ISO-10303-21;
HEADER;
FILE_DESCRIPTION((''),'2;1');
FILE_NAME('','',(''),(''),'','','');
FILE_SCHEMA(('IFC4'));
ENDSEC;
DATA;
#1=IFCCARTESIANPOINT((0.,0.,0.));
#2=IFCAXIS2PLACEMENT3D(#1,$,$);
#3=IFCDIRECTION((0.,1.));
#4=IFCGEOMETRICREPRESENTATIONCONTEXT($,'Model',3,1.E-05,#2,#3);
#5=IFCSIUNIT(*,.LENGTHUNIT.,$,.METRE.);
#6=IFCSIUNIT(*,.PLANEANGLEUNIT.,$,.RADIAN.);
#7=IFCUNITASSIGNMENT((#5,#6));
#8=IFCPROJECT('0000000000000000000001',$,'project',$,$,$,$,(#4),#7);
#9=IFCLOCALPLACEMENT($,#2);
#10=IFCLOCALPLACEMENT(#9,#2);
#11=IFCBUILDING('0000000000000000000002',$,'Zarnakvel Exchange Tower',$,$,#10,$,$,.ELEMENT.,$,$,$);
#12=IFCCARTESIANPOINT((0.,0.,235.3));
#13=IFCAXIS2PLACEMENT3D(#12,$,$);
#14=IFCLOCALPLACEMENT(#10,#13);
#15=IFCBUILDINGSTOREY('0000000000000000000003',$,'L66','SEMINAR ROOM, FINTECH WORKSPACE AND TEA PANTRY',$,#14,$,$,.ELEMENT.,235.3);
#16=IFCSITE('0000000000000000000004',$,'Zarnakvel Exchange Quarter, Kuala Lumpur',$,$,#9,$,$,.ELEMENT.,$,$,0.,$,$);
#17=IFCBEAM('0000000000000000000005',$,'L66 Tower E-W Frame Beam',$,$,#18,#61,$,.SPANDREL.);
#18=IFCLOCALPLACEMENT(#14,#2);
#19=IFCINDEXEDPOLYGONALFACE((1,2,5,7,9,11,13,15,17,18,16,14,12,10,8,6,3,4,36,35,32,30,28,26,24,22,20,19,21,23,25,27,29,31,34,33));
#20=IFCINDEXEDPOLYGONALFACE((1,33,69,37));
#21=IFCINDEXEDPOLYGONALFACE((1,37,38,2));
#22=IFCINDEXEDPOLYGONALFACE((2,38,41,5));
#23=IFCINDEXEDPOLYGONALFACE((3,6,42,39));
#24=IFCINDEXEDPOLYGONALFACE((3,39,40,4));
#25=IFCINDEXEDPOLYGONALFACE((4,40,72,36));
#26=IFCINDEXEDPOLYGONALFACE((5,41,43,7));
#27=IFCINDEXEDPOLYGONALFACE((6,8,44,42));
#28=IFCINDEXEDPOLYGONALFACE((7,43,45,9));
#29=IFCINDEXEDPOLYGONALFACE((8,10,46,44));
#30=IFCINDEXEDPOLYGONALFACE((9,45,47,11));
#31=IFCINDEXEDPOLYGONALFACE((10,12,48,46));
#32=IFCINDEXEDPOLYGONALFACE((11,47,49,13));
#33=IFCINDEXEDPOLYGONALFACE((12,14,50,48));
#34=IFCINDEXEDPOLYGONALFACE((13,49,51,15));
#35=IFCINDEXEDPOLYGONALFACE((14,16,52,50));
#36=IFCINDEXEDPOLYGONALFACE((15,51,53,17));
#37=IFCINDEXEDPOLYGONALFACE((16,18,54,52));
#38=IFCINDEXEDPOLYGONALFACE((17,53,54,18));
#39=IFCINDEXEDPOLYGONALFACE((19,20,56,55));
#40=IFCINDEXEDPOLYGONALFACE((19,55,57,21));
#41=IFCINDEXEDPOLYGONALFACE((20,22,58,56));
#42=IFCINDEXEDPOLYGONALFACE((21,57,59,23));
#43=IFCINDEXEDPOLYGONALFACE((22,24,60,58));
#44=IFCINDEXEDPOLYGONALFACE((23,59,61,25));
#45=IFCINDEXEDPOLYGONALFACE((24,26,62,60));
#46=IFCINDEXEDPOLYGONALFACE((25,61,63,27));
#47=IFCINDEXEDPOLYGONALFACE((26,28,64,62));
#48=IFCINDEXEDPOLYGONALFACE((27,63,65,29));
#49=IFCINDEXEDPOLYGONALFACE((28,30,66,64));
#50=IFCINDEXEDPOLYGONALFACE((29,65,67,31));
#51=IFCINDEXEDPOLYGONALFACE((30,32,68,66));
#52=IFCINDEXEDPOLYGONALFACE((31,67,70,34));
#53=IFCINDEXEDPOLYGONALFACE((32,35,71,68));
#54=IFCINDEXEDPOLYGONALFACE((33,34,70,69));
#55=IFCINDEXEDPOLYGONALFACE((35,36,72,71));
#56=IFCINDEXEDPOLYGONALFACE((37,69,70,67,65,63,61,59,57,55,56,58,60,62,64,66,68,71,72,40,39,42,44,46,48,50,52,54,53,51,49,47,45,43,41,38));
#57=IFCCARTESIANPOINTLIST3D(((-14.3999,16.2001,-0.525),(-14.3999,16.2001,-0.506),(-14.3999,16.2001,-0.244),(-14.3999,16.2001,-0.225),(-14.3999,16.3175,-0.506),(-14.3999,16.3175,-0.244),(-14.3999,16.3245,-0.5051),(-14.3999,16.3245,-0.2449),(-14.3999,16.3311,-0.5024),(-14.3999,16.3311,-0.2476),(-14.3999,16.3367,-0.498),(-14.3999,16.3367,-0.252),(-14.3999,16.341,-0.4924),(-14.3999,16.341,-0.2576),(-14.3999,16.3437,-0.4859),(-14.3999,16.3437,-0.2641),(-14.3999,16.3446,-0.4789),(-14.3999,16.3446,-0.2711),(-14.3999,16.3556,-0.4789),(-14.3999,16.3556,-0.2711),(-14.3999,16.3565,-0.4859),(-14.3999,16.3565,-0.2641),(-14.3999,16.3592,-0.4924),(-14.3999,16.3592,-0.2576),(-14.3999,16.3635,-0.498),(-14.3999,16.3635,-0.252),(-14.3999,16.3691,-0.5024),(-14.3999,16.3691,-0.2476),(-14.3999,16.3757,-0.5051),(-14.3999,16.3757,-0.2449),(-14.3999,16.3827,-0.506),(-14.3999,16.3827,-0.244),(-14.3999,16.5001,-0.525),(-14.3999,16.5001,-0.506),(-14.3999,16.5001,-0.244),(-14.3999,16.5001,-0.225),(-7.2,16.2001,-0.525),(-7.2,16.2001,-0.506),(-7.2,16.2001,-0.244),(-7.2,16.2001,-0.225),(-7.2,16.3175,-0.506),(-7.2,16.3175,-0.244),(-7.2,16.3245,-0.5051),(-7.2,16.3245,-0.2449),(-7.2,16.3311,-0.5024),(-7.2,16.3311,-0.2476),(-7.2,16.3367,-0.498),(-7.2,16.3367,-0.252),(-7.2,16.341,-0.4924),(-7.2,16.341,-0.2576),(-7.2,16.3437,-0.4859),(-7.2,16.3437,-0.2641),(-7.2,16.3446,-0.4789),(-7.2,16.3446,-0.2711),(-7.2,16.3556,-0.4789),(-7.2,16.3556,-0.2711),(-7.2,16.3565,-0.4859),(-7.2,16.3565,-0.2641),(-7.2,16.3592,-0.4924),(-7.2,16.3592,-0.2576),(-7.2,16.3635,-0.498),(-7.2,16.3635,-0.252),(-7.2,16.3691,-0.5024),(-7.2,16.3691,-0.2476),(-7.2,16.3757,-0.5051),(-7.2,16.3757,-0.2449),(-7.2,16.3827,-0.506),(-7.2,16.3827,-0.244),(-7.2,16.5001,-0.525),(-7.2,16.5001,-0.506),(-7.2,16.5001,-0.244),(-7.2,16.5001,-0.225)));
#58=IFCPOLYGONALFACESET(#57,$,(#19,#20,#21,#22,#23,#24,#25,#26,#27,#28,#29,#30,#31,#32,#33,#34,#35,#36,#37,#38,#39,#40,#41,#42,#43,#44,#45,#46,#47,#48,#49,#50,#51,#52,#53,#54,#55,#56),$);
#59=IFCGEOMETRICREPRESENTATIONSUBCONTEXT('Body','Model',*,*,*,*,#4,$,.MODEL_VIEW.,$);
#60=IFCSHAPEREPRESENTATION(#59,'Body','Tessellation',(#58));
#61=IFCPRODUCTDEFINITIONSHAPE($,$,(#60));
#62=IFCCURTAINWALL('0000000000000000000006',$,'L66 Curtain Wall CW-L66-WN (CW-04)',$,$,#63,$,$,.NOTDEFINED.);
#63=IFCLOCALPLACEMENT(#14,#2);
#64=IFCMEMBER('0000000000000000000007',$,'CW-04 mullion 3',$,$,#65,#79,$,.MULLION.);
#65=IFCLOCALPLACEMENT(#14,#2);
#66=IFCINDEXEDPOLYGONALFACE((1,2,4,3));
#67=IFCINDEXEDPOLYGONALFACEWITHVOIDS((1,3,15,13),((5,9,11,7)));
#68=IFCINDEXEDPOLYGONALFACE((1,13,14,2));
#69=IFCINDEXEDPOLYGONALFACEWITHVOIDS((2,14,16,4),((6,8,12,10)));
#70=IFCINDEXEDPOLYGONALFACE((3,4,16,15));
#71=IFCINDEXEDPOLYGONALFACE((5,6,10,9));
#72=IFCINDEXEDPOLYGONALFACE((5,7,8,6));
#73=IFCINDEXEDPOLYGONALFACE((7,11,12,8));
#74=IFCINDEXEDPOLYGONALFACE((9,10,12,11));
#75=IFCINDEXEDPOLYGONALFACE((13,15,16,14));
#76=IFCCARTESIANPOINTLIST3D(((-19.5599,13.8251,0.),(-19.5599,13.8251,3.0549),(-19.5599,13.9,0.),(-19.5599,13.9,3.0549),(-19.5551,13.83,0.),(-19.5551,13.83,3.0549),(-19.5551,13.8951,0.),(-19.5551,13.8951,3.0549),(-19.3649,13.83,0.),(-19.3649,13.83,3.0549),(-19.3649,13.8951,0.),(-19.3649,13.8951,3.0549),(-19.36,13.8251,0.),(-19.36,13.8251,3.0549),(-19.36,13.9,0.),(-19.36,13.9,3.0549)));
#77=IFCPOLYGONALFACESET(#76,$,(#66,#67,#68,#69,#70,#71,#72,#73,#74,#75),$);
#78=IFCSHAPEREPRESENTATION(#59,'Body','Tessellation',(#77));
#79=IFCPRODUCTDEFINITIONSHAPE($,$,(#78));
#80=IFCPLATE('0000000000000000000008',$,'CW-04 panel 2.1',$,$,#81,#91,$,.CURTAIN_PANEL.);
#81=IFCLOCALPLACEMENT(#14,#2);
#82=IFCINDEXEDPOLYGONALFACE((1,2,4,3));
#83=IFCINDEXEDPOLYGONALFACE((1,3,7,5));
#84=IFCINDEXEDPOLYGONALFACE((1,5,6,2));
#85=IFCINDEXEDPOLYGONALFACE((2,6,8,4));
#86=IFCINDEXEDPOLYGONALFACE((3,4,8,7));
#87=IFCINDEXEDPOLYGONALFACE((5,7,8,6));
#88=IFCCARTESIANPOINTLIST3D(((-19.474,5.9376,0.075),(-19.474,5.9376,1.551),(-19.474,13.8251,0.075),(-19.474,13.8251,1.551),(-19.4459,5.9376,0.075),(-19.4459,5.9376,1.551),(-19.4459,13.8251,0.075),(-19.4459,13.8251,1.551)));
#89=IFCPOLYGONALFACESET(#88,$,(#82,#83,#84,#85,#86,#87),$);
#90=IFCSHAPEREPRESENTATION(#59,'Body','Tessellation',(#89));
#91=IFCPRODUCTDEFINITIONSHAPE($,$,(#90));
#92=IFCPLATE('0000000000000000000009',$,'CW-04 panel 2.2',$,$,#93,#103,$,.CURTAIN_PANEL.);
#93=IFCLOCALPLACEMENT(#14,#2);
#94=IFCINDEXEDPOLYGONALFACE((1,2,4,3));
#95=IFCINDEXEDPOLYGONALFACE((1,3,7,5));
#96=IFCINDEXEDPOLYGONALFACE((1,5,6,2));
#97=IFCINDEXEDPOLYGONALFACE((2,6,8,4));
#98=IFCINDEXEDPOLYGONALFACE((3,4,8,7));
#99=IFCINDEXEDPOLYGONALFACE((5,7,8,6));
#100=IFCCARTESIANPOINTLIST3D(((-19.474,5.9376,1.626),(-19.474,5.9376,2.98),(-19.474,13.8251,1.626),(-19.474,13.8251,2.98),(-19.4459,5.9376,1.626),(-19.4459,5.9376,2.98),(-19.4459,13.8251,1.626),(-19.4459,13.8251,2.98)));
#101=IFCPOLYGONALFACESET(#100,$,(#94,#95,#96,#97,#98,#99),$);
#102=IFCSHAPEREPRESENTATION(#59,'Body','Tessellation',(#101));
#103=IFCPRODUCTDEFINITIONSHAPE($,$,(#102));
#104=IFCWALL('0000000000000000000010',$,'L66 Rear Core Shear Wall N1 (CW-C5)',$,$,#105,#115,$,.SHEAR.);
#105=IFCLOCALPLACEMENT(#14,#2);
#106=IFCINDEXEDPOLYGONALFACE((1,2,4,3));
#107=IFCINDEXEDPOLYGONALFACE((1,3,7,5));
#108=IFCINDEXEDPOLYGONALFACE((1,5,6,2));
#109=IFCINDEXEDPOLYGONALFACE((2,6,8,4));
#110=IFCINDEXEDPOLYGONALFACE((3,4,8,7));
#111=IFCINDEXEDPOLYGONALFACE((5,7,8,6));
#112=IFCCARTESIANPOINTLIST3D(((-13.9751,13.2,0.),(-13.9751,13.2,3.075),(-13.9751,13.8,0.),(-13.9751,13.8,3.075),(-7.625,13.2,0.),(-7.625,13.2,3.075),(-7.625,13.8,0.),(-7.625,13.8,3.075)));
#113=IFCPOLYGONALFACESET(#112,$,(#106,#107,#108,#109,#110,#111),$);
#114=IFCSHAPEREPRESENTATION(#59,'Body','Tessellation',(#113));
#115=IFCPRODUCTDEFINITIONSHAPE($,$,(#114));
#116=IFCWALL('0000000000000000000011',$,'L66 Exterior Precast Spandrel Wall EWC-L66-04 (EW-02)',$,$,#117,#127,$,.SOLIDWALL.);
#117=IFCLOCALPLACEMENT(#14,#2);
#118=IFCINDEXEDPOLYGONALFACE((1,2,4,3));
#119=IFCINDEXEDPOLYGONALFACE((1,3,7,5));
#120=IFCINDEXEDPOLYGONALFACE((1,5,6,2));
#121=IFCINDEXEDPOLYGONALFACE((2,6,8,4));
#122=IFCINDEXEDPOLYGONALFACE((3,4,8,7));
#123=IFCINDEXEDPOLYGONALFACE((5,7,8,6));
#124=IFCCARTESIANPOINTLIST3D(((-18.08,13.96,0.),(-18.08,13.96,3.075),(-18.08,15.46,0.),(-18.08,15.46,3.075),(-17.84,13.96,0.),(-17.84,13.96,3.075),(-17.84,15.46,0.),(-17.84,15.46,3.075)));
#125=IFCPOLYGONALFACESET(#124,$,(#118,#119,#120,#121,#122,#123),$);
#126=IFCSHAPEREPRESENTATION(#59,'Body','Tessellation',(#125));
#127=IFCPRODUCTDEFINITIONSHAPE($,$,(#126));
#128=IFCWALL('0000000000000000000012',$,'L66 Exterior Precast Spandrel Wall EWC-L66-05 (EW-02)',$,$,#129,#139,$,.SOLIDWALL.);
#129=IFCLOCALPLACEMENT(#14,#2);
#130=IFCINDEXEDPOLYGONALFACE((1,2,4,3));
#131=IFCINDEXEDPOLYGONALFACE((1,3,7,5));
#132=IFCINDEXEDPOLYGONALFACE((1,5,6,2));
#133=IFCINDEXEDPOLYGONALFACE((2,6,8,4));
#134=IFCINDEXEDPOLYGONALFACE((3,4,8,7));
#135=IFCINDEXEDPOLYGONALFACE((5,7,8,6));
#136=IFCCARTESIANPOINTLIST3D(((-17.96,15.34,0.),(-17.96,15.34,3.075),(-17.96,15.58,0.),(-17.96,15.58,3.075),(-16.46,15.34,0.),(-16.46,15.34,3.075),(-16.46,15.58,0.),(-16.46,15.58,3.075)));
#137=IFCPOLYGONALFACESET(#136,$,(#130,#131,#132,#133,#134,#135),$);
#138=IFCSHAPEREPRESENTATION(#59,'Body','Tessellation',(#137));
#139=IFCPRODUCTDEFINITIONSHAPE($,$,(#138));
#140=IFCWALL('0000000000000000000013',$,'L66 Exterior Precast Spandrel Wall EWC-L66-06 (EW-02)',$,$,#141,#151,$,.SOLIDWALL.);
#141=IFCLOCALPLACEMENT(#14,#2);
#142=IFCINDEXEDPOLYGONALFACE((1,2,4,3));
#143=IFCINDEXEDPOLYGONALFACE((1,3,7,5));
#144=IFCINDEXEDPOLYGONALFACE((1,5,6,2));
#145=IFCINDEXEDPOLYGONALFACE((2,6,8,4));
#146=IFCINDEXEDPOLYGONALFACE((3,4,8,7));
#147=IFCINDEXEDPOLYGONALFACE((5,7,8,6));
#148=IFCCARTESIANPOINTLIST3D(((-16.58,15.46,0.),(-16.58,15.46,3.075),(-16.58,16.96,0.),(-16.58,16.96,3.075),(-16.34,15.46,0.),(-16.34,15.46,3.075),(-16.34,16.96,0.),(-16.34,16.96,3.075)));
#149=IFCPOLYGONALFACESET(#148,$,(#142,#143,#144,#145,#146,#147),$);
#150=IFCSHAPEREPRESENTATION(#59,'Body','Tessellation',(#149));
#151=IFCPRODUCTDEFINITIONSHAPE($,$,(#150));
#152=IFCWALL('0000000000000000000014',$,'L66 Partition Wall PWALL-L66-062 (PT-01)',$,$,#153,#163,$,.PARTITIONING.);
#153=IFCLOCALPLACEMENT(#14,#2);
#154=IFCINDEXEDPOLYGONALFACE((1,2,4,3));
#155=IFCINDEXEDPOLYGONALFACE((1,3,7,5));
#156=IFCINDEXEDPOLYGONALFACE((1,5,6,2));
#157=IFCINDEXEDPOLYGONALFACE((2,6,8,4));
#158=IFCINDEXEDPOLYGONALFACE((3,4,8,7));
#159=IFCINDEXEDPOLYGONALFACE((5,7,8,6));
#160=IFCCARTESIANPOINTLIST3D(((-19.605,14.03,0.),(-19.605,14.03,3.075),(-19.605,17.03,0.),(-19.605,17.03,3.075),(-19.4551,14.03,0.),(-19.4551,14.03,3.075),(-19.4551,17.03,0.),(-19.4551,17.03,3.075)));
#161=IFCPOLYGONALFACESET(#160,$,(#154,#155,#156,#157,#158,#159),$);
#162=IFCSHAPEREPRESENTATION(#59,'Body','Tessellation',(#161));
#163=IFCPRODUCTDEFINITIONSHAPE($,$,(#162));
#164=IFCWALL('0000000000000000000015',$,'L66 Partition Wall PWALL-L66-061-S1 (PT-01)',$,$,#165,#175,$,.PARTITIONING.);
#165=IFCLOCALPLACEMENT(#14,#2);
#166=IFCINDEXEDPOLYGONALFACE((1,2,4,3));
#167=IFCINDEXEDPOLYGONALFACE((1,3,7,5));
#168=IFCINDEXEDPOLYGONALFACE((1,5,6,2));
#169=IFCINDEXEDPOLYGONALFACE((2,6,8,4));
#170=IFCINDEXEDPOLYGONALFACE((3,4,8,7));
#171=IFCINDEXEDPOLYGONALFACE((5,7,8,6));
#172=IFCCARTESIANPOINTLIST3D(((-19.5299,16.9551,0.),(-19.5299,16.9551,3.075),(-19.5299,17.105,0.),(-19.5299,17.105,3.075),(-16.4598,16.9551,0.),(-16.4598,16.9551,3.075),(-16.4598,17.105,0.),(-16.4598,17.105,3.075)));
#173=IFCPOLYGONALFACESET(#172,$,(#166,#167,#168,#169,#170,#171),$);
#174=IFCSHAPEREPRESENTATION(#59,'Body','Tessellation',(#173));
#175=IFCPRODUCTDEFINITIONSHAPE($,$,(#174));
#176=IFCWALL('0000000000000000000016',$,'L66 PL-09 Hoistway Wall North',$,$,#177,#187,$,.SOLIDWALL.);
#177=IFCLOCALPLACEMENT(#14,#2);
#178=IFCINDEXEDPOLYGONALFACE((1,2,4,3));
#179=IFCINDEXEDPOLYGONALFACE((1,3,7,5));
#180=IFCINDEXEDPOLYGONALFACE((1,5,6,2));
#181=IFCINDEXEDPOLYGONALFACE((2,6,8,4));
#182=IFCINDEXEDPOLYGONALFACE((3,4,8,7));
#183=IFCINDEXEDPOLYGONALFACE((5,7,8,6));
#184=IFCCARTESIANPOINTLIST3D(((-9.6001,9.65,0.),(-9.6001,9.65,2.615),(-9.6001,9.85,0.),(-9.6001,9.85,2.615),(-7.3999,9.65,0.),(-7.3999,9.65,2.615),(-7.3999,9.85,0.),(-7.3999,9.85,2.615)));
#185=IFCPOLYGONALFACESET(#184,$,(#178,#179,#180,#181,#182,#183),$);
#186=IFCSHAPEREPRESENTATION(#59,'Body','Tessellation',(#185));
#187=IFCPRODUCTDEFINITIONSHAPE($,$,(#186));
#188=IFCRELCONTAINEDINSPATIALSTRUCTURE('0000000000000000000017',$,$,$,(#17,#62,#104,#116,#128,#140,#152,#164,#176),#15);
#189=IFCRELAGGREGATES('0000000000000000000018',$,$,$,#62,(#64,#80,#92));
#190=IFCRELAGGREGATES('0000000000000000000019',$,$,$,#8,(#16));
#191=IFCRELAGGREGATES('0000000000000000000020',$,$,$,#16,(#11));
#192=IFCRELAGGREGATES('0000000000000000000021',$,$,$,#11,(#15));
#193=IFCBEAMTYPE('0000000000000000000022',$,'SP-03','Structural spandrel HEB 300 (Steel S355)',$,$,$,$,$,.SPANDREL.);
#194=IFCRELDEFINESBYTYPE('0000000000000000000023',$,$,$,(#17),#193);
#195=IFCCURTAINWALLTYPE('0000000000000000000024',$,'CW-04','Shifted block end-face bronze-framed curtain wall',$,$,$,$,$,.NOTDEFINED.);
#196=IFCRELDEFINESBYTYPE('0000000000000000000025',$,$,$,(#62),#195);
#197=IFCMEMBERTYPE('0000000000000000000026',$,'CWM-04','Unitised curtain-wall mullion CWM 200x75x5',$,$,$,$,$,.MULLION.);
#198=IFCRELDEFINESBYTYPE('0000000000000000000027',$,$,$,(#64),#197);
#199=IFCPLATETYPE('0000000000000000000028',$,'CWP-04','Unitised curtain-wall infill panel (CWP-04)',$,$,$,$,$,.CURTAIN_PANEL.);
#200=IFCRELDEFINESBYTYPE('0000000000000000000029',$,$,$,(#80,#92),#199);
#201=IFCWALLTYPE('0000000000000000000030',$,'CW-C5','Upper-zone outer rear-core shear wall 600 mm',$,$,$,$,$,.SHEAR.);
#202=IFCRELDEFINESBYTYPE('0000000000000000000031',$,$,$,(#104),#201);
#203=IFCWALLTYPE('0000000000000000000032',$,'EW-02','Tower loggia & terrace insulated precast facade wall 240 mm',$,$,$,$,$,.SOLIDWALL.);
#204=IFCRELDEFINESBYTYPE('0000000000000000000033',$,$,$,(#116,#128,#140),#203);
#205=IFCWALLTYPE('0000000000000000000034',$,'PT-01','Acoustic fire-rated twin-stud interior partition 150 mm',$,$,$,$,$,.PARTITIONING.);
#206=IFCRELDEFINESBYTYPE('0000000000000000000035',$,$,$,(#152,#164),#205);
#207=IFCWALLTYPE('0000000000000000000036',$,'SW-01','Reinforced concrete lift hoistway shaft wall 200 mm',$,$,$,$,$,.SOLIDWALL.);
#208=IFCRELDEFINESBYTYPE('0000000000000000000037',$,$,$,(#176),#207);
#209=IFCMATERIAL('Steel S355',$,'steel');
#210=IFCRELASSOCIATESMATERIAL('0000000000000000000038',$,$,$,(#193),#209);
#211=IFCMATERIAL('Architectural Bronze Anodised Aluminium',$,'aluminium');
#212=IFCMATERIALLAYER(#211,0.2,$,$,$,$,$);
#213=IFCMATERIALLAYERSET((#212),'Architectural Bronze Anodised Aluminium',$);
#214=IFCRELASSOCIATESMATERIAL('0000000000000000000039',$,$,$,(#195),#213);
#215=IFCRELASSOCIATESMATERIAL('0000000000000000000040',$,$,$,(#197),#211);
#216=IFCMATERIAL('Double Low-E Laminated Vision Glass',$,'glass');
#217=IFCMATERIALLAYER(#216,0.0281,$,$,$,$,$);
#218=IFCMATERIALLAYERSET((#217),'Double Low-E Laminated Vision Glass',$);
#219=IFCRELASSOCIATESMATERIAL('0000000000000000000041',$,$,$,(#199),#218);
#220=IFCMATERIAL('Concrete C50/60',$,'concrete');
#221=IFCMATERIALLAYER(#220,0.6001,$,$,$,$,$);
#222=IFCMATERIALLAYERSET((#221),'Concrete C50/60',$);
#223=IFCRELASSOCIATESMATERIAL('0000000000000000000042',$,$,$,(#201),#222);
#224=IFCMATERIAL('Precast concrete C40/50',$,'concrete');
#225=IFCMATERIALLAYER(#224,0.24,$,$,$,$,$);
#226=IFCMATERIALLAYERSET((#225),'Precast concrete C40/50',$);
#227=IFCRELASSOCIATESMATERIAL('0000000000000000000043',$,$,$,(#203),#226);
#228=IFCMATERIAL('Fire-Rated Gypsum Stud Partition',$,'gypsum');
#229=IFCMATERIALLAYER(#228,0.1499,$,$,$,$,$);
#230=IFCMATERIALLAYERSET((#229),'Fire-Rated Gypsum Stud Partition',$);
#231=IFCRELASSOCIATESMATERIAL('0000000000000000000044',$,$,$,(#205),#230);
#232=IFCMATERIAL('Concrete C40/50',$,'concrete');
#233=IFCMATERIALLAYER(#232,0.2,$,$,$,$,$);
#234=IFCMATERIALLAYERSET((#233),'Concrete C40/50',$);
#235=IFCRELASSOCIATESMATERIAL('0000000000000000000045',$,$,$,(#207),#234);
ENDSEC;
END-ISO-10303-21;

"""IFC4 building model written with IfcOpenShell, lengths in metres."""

from ifc_helpers import new_model, si_unit, direction, frame, frame_2d, origin, origin_2d, place, context, subcontext, project, spatial, rectangle, hollow_rectangle, i_section, extrude, source, transform, mapped, material, layer, layer_set, material_profile, profile_set, type_object, element, aggregate, save


model = new_model("IFC4")

# Units and contexts
model_context = context("Model", 3, precision=1e-05, world=origin(), true_north=direction((0.0, 1.0)))
body_context = subcontext(model_context, "Body", "Model", "MODEL_VIEW")
ifc_project = project(units=[si_unit("LENGTHUNIT", "METRE"), si_unit("PLANEANGLEUNIT", "RADIAN")], contexts=[model_context])

# Site, building, storey
site_placement = place(None, origin())
site = spatial("IfcSite", under=ifc_project, at=site_placement, Name="Zarnakvel Exchange Quarter, Kuala Lumpur", CompositionType="ELEMENT", RefElevation=0.0)
building_placement = place(site_placement, origin())
building = spatial("IfcBuilding", under=site, at=building_placement, Name="Zarnakvel Exchange Tower", CompositionType="ELEMENT")
storey_placement = place(building_placement, frame((0.0, 0.0, 235.3)))
storey = spatial("IfcBuildingStorey", under=building, at=storey_placement, Name="L66", Description="SEMINAR ROOM, FINTECH WORKSPACE AND TEA PANTRY", CompositionType="ELEMENT", Elevation=235.3)

# Shared definitions
ifc_material_1 = material(Name="Concrete C50/60", Category="concrete")
ifc_material_2 = material(Name="Steel S355", Category="steel")

# Beam
ifc_material_profile_1 = material_profile(ifc_material_2, i_section(OverallWidth=0.3, OverallDepth=0.3, WebThickness=0.011, FlangeThickness=0.019, FilletRadius=0.0271, at=origin_2d()))
ifc_profile_set_1 = profile_set([ifc_material_profile_1], Name="Steel S355")
beam_type_1 = type_object("IfcBeamType", Name="SP-03", Description="Structural spandrel HEB 300 (Steel S355)", PredefinedType="SPANDREL", material=ifc_profile_set_1)
beam_1_placement = place(storey_placement, frame((-14.3999, 16.3501, -0.375), z_axis=(1.0, 0.0, 0.0), x_axis=(0.0, 1.0, 0.0)))
element("IfcBeam", 1, at=beam_1_placement, inside=storey, type_object=beam_type_1, Name="L66 Tower E-W Frame Beam", PredefinedType="SPANDREL", context=body_context, shape_type="SweptSolid", body=[
    extrude(i_section(OverallWidth=0.3, OverallDepth=0.3, WebThickness=0.011, FlangeThickness=0.019, FilletRadius=0.0271, at=origin_2d()), origin(), (0.0, 0.0, 1.0), 7.2),
])

# Curtain wall, member, plates
ifc_material_3 = material(Name="Architectural Bronze Anodised Aluminium", Category="aluminium")
ifc_layer_1 = layer(ifc_material_3, 0.2)
ifc_layer_set_1 = layer_set([ifc_layer_1], Name="Architectural Bronze Anodised Aluminium")
curtain_wall_type = type_object("IfcCurtainWallType", Name="CW-04", Description="Shifted block end-face bronze-framed curtain wall", PredefinedType="NOTDEFINED", material=ifc_layer_set_1)
curtain_wall_placement = place(storey_placement, origin())
curtain_wall = element("IfcCurtainWall", 2, at=curtain_wall_placement, inside=storey, type_object=curtain_wall_type, Name="L66 Curtain Wall CW-L66-WN (CW-04)", PredefinedType="NOTDEFINED")
ifc_material_profile_2 = material_profile(ifc_material_3, hollow_rectangle(XDim=0.2, YDim=0.075, WallThickness=0.0049, at=origin_2d()))
ifc_profile_set_2 = profile_set([ifc_material_profile_2], Name="Architectural Bronze Anodised Aluminium")
member_type = type_object("IfcMemberType", Name="CWM-04", Description="Unitised curtain-wall mullion CWM 200x75x5", PredefinedType="MULLION", material=ifc_profile_set_2)
shared_shape_1 = source(origin(), body_context, "Body", "SweptSolid", [
    extrude(hollow_rectangle(XDim=0.2, YDim=0.075, WallThickness=0.0049, at=origin_2d()), origin(), (0.0, 0.0, 1.0), 3.0549),
])
member_placement = place(storey_placement, frame((-19.46, 13.8625, 0.0), z_axis=(0.0, 0.0, 1.0), x_axis=(-1.0, 0.0, 0.0)))
member = element("IfcMember", 3, at=member_placement, type_object=member_type, Name="CW-04 mullion 3", PredefinedType="MULLION", context=body_context, shape_type="MappedRepresentation", body=[
    mapped(shared_shape_1, transform((0.0, 0.0, 0.0), x_axis=(1.0, 0.0, 0.0), y_axis=(0.0, 1.0, 0.0), z_axis=(0.0, 0.0, 1.0), scale=1.0)),
])
ifc_material_4 = material(Name="Double Low-E Laminated Vision Glass", Category="glass")
ifc_layer_2 = layer(ifc_material_4, 0.0281)
ifc_layer_set_2 = layer_set([ifc_layer_2], Name="Double Low-E Laminated Vision Glass")
plate_type = type_object("IfcPlateType", Name="CWP-04", Description="Unitised curtain-wall infill panel (CWP-04)", PredefinedType="CURTAIN_PANEL", material=ifc_layer_set_2)
shared_shape_2 = source(origin(), body_context, "Body", "SweptSolid", [
    extrude(rectangle(XDim=7.8875, YDim=0.0281, at=origin_2d()), origin(), (0.0, 0.0, 1.0), 1.4761),
])
plate_1_placement = place(storey_placement, frame((-19.46, 9.8813, 0.075), z_axis=(0.0, 0.0, 1.0), x_axis=(0.0, 1.0, 0.0)))
plate_1 = element("IfcPlate", 4, at=plate_1_placement, type_object=plate_type, Name="CW-04 panel 2.1", PredefinedType="CURTAIN_PANEL", context=body_context, shape_type="MappedRepresentation", body=[
    mapped(shared_shape_2, transform((0.0, 0.0, 0.0), x_axis=(1.0, 0.0, 0.0), y_axis=(0.0, 1.0, 0.0), z_axis=(0.0, 0.0, 1.0), scale=1.0)),
])
shared_shape_3 = source(origin(), body_context, "Body", "SweptSolid", [
    extrude(rectangle(XDim=7.8875, YDim=0.0281, at=origin_2d()), origin(), (0.0, 0.0, 1.0), 1.354),
])
plate_2_placement = place(storey_placement, frame((-19.46, 9.8813, 1.626), z_axis=(0.0, 0.0, 1.0), x_axis=(0.0, 1.0, 0.0)))
plate_2 = element("IfcPlate", 5, at=plate_2_placement, type_object=plate_type, Name="CW-04 panel 2.2", PredefinedType="CURTAIN_PANEL", context=body_context, shape_type="MappedRepresentation", body=[
    mapped(shared_shape_3, transform((0.0, 0.0, 0.0), x_axis=(1.0, 0.0, 0.0), y_axis=(0.0, 1.0, 0.0), z_axis=(0.0, 0.0, 1.0), scale=1.0)),
])
aggregate(curtain_wall, [member, plate_1, plate_2])

# Walls
ifc_layer_3 = layer(ifc_material_1, 0.6001)
ifc_layer_set_3 = layer_set([ifc_layer_3], Name="Concrete C50/60")
wall_type_1 = type_object("IfcWallType", Name="CW-C5", Description="Upper-zone outer rear-core shear wall 600 mm", PredefinedType="SHEAR", material=ifc_layer_set_3)
wall_1_placement = place(storey_placement, frame((-13.9751, 13.5, 0.0), z_axis=(0.0, 0.0, 1.0), x_axis=(1.0, 0.0, 0.0)))
element("IfcWall", 6, at=wall_1_placement, inside=storey, type_object=wall_type_1, Name="L66 Rear Core Shear Wall N1 (CW-C5)", PredefinedType="SHEAR", context=body_context, shape_type="SweptSolid", body=[
    extrude(rectangle(XDim=6.3501, YDim=0.6001, at=frame_2d((3.175, 0.0))), origin(), (0.0, 0.0, 1.0), 3.075),
])
ifc_material_5 = material(Name="Precast concrete C40/50", Category="concrete")
ifc_layer_4 = layer(ifc_material_5, 0.24)
ifc_layer_set_4 = layer_set([ifc_layer_4], Name="Precast concrete C40/50")
wall_type_2 = type_object("IfcWallType", Name="EW-02", Description="Tower loggia & terrace insulated precast facade wall 240 mm", PredefinedType="SOLIDWALL", material=ifc_layer_set_4)
for number, where, z_axis, x_axis, name in (
    (7, (-17.96, 15.46, 0.0), (0.0, 0.0, 1.0), (0.0, -1.0, 0.0), "L66 Exterior Precast Spandrel Wall EWC-L66-04 (EW-02)"),
    (8, (-16.46, 15.46, 0.0), (0.0, 0.0, 1.0), (-1.0, 0.0, 0.0), "L66 Exterior Precast Spandrel Wall EWC-L66-05 (EW-02)"),
    (9, (-16.46, 16.96, 0.0), (0.0, 0.0, 1.0), (0.0, -1.0, 0.0), "L66 Exterior Precast Spandrel Wall EWC-L66-06 (EW-02)"),
):
    element("IfcWall", number, at=place(storey_placement, frame(where, z_axis=z_axis, x_axis=x_axis)), inside=storey, type_object=wall_type_2, Name=name, PredefinedType="SOLIDWALL", context=body_context, shape_type="SweptSolid", body=[
        extrude(rectangle(XDim=1.5, YDim=0.24, at=frame_2d((0.75, 0.0))), origin(), (0.0, 0.0, 1.0), 3.075),
    ])

# Shared definitions
ifc_material_6 = material(Name="Fire-Rated Gypsum Stud Partition", Category="gypsum")
ifc_layer_5 = layer(ifc_material_6, 0.1499)
ifc_layer_set_5 = layer_set([ifc_layer_5], Name="Fire-Rated Gypsum Stud Partition")
wall_type_3 = type_object("IfcWallType", Name="PT-01", Description="Acoustic fire-rated twin-stud interior partition 150 mm", PredefinedType="PARTITIONING", material=ifc_layer_set_5)

# Walls
wall_2_placement = place(storey_placement, frame((-19.53, 14.03, 0.0), z_axis=(0.0, 0.0, 1.0), x_axis=(0.0, 1.0, 0.0)))
element("IfcWall", 10, at=wall_2_placement, inside=storey, type_object=wall_type_3, Name="L66 Partition Wall PWALL-L66-062 (PT-01)", PredefinedType="PARTITIONING", context=body_context, shape_type="SweptSolid", body=[
    extrude(rectangle(XDim=3.0, YDim=0.1499, at=frame_2d((1.5, 0.0))), origin(), (0.0, 0.0, 1.0), 3.075),
])
wall_3_placement = place(storey_placement, frame((-19.53, 17.03, 0.0), z_axis=(0.0, 0.0, 1.0), x_axis=(1.0, 0.0, 0.0)))
element("IfcWall", 11, at=wall_3_placement, inside=storey, type_object=wall_type_3, Name="L66 Partition Wall PWALL-L66-061-S1 (PT-01)", PredefinedType="PARTITIONING", context=body_context, shape_type="SweptSolid", body=[
    extrude(rectangle(XDim=3.0701, YDim=0.1499, at=frame_2d((1.5352, 0.0))), origin(), (0.0, 0.0, 1.0), 3.075),
])
ifc_material_7 = material(Name="Concrete C40/50", Category="concrete")
ifc_layer_6 = layer(ifc_material_7, 0.2)
ifc_layer_set_6 = layer_set([ifc_layer_6], Name="Concrete C40/50")
wall_type_4 = type_object("IfcWallType", Name="SW-01", Description="Reinforced concrete lift hoistway shaft wall 200 mm", PredefinedType="SOLIDWALL", material=ifc_layer_set_6)
wall_4_placement = place(storey_placement, frame((-9.6001, 9.75, 0.0), z_axis=(0.0, 0.0, 1.0), x_axis=(1.0, 0.0, 0.0)))
element("IfcWall", 12, at=wall_4_placement, inside=storey, type_object=wall_type_4, Name="L66 PL-09 Hoistway Wall North", PredefinedType="SOLIDWALL", context=body_context, shape_type="SweptSolid", body=[
    extrude(rectangle(XDim=2.2002, YDim=0.2, at=frame_2d((1.1001, 0.0))), origin(), (0.0, 0.0, 1.0), 2.615),
])

save(model, "model.ifc")
